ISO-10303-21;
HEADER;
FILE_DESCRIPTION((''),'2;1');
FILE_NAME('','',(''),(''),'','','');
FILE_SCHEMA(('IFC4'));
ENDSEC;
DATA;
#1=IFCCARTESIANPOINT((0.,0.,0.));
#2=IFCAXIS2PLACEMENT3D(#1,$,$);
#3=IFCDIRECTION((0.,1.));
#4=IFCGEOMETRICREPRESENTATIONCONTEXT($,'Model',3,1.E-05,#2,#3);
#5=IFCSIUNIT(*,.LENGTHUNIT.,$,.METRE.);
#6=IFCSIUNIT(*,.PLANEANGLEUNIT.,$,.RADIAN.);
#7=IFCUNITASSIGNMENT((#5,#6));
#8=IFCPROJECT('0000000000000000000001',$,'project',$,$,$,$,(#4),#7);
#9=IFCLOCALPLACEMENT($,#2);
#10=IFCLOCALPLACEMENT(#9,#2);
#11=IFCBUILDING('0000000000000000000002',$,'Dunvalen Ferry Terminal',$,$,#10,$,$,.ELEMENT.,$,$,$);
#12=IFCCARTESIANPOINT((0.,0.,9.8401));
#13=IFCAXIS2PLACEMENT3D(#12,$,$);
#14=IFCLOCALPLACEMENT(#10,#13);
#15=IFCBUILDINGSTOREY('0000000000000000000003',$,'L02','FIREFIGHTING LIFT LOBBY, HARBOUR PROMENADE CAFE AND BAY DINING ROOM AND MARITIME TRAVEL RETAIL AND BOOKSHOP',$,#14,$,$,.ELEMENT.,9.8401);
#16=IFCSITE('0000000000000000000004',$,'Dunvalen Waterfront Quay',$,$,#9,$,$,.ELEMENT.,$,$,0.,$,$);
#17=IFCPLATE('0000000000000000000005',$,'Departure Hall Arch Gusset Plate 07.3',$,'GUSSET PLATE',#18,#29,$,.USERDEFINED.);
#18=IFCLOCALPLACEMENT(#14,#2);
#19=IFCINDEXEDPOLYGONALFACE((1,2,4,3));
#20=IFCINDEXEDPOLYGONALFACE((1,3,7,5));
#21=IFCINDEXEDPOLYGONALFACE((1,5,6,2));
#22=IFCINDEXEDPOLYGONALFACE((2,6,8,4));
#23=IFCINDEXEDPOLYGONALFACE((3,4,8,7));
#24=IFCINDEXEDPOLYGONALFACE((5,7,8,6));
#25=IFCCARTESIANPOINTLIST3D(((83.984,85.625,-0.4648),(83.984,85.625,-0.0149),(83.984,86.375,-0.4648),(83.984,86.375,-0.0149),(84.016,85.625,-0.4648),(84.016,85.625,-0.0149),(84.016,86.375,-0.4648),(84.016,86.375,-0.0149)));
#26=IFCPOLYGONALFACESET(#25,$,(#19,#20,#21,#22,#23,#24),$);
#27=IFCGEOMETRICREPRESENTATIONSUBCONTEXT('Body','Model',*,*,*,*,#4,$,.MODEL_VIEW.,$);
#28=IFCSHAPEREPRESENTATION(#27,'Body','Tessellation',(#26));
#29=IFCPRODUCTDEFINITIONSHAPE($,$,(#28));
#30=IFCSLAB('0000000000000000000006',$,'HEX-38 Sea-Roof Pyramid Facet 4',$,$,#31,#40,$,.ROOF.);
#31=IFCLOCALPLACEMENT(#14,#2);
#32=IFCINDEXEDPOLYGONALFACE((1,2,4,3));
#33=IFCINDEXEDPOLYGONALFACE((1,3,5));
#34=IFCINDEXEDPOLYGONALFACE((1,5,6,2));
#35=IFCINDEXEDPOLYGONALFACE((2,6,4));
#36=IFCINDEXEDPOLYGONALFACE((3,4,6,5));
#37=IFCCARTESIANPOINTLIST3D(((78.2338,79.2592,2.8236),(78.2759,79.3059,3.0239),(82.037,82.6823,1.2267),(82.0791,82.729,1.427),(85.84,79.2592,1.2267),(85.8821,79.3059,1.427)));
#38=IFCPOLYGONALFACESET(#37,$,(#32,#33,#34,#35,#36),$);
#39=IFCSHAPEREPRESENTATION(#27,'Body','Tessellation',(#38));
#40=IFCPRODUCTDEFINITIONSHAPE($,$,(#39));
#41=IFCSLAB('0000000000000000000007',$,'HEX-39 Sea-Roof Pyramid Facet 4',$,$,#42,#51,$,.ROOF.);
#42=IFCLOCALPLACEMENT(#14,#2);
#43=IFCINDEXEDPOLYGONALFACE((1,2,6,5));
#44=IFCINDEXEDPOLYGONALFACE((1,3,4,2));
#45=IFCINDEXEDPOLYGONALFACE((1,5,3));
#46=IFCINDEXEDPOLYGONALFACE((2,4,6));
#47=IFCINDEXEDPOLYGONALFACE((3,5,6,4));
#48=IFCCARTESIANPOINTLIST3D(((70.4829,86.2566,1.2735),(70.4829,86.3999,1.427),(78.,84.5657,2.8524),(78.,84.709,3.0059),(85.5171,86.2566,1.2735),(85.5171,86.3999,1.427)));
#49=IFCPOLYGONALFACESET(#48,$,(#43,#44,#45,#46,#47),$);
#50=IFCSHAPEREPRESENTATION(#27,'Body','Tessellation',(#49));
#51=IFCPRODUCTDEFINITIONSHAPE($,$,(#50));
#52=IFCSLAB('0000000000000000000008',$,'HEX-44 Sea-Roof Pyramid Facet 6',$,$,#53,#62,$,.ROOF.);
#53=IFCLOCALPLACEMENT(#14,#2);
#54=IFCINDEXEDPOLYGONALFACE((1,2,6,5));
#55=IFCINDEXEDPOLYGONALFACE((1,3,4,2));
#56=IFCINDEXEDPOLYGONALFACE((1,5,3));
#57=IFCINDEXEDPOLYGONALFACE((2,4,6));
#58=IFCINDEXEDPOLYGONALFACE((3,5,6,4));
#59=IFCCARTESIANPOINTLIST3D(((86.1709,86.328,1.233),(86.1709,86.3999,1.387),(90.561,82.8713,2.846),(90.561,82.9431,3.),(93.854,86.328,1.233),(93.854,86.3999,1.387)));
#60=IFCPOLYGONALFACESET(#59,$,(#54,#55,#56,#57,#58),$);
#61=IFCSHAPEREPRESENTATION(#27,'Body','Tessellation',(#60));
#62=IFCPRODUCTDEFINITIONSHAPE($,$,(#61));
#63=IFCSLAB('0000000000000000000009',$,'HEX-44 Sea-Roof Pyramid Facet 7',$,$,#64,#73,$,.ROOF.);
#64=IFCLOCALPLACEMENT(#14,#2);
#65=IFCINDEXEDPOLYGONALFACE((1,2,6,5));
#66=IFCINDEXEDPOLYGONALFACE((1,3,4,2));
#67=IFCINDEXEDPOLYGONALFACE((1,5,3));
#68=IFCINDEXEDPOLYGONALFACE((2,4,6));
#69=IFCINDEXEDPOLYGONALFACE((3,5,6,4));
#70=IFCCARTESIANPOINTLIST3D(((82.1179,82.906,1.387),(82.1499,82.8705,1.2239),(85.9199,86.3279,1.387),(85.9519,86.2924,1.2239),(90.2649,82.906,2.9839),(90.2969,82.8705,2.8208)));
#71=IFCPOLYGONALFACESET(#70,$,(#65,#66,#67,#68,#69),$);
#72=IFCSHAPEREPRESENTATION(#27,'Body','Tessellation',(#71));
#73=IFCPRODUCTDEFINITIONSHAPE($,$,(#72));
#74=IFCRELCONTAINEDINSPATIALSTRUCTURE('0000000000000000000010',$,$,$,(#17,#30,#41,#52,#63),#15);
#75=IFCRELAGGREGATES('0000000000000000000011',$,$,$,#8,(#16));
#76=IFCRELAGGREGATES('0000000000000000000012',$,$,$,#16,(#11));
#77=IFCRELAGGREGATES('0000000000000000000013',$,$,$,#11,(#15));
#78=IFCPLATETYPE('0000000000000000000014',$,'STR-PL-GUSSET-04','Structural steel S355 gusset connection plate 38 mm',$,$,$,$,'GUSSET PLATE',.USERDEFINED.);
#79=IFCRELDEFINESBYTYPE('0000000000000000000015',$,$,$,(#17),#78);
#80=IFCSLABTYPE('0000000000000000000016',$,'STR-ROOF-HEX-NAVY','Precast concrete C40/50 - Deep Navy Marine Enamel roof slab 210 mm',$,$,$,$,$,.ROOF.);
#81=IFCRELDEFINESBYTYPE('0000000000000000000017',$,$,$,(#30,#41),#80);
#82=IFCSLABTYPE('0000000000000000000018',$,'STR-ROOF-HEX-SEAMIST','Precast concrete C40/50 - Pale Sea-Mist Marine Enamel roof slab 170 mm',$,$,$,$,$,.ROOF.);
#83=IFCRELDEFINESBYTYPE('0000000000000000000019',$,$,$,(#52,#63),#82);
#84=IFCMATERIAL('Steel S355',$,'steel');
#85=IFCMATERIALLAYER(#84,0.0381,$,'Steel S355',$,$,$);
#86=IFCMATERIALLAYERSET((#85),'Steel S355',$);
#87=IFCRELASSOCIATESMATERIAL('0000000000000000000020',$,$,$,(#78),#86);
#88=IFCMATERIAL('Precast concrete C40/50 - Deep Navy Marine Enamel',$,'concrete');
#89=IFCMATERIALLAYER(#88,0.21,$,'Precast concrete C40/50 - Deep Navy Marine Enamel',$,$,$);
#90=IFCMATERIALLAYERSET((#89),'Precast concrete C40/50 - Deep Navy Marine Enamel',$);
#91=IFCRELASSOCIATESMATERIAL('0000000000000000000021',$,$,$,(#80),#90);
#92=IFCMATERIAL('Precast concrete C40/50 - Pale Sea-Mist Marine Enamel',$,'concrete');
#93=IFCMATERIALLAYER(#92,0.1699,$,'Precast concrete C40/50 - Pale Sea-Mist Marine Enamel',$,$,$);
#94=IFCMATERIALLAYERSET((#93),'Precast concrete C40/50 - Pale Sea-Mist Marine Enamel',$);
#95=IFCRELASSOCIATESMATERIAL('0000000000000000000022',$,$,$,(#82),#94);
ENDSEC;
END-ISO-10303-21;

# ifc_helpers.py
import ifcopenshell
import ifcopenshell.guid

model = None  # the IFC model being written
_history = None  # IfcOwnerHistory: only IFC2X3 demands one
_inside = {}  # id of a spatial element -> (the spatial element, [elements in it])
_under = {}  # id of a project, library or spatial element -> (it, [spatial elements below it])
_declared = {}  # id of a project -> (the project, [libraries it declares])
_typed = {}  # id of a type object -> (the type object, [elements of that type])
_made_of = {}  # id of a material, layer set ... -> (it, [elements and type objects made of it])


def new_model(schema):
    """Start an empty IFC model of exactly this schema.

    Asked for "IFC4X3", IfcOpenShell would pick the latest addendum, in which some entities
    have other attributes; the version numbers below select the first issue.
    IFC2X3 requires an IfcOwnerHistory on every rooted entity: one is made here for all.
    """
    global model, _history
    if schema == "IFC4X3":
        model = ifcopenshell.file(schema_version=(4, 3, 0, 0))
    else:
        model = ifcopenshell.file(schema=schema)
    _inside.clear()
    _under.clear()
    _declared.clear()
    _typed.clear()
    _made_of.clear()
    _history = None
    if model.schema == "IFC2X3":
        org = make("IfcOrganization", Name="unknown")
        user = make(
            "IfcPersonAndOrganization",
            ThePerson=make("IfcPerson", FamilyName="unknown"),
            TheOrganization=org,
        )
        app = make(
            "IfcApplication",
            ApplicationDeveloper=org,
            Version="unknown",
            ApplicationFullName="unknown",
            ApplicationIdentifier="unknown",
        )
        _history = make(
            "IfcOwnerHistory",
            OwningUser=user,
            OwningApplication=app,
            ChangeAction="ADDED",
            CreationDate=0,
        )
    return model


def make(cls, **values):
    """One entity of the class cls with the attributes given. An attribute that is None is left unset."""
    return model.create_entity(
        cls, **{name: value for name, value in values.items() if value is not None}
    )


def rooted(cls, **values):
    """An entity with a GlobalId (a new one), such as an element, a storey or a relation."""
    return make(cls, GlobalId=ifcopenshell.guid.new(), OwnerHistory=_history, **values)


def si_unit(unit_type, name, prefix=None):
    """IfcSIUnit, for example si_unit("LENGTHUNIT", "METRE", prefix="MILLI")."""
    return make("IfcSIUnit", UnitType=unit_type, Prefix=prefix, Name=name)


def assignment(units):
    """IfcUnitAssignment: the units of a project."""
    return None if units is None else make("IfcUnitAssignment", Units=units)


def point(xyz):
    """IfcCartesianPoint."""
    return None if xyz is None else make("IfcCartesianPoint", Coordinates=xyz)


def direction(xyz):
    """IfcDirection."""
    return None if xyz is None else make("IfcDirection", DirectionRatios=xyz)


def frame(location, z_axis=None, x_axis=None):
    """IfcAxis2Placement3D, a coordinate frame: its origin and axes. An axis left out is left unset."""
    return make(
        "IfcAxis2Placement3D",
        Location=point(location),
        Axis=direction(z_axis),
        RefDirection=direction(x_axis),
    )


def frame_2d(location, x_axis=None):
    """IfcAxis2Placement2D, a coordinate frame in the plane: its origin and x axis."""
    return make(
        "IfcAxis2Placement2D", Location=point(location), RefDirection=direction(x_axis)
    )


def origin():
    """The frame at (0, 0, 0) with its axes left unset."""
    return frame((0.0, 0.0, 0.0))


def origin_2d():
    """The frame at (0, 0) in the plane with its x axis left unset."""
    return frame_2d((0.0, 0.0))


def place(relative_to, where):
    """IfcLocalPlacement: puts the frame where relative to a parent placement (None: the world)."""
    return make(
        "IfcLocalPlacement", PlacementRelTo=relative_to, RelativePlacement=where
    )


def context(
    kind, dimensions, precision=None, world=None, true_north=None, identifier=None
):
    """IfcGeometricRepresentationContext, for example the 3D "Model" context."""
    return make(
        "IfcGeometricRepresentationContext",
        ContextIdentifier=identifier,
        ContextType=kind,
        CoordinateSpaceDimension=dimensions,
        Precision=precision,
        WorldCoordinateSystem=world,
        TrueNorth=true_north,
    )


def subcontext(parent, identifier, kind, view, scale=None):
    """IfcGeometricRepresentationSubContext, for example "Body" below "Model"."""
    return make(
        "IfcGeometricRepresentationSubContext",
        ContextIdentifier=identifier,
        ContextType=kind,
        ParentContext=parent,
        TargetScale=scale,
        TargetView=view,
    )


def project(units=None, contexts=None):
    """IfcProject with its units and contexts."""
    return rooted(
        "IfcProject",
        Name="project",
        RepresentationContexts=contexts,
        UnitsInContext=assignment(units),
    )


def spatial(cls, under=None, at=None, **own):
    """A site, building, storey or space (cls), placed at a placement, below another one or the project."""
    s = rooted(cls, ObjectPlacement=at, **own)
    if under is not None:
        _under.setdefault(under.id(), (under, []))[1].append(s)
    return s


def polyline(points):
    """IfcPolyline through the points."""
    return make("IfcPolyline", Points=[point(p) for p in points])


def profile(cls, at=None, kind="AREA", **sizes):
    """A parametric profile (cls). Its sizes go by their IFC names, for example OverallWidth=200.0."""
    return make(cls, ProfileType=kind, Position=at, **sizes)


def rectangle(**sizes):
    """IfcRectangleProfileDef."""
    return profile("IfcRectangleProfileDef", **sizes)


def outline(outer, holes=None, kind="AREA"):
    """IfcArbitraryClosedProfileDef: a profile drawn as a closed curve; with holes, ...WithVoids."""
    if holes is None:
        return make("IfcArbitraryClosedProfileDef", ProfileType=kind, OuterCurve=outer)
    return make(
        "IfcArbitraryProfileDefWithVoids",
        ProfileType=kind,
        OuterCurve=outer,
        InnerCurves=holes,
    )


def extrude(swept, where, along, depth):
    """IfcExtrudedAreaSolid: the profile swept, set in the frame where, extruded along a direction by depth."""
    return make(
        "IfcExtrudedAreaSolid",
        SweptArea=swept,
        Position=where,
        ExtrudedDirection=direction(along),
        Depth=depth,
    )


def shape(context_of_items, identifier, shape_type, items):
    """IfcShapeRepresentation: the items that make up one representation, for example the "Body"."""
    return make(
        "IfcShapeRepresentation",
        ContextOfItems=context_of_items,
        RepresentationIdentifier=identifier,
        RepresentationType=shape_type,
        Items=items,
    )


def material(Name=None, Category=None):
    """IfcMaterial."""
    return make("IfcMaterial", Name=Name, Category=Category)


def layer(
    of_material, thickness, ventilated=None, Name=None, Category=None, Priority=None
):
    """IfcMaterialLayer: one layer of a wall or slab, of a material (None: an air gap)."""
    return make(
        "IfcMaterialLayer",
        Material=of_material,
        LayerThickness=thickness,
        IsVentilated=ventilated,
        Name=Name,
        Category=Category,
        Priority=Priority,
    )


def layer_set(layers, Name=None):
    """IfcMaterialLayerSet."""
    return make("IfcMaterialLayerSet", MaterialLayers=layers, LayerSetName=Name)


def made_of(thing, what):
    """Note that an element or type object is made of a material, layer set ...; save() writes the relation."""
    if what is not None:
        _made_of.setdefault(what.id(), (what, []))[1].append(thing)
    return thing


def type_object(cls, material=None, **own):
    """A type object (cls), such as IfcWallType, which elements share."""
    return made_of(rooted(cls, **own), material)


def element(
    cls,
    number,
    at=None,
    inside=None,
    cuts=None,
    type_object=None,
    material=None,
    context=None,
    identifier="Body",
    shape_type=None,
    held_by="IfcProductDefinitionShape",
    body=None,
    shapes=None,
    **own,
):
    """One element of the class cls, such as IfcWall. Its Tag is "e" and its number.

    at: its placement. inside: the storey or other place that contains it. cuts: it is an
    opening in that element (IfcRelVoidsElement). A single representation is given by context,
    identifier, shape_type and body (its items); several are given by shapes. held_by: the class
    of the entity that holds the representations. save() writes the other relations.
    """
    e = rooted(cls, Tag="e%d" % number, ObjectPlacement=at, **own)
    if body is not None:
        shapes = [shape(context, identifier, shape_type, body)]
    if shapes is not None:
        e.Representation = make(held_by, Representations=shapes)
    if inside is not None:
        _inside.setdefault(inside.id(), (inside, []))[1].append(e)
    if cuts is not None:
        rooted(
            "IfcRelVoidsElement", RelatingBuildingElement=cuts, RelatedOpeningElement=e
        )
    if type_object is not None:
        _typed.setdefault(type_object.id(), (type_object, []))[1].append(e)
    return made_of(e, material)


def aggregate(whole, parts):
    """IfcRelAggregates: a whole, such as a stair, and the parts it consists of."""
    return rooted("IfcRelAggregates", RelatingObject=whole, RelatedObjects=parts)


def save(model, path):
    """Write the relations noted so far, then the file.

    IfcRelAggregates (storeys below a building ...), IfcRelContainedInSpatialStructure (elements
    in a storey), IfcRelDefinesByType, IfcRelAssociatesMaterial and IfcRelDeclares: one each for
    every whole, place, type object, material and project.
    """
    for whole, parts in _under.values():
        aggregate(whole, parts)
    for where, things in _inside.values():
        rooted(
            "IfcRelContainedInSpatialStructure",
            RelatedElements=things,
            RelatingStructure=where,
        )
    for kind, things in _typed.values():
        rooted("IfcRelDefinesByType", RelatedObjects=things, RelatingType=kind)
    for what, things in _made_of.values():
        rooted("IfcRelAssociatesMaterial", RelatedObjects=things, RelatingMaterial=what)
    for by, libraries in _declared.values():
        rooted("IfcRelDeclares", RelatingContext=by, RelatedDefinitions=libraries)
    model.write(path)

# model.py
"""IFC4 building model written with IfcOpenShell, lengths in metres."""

from ifc_helpers import new_model, si_unit, direction, frame, origin, origin_2d, place, context, subcontext, project, spatial, polyline, rectangle, outline, extrude, material, layer, layer_set, type_object, element, save


model = new_model("IFC4")

# Units and contexts
model_context = context("Model", 3, precision=1e-05, world=origin(), true_north=direction((0.0, 1.0)))
body_context = subcontext(model_context, "Body", "Model", "MODEL_VIEW")
ifc_project = project(units=[si_unit("LENGTHUNIT", "METRE"), si_unit("PLANEANGLEUNIT", "RADIAN")], contexts=[model_context])

# Site, building, storey
site_placement = place(None, origin())
site = spatial("IfcSite", under=ifc_project, at=site_placement, Name="Dunvalen Waterfront Quay", CompositionType="ELEMENT", RefElevation=0.0)
building_placement = place(site_placement, origin())
building = spatial("IfcBuilding", under=site, at=building_placement, Name="Dunvalen Ferry Terminal", CompositionType="ELEMENT")
storey_placement = place(building_placement, frame((0.0, 0.0, 9.8401)))
storey = spatial("IfcBuildingStorey", under=building, at=storey_placement, Name="L02", Description="FIREFIGHTING LIFT LOBBY, HARBOUR PROMENADE CAFE AND BAY DINING ROOM AND MARITIME TRAVEL RETAIL AND BOOKSHOP", CompositionType="ELEMENT", Elevation=9.8401)

# Shared definitions
ifc_material_1 = material(Name="Steel S355", Category="steel")

# Plate
ifc_layer_1 = layer(ifc_material_1, 0.0381, Name="Steel S355")
ifc_layer_set_1 = layer_set([ifc_layer_1], Name="Steel S355")
plate_type_1 = type_object("IfcPlateType", Name="STR-PL-GUSSET-04", Description="Structural steel S355 gusset connection plate 38 mm", ElementType="GUSSET PLATE", PredefinedType="USERDEFINED", material=ifc_layer_set_1)
plate_1_placement = place(storey_placement, frame((84.0, 86.0, -0.4648), z_axis=(0.0, 0.0, 1.0), x_axis=(1.0, 0.0, 0.0)))
element("IfcPlate", 1, at=plate_1_placement, inside=storey, type_object=plate_type_1, Name="Departure Hall Arch Gusset Plate 07.3", ObjectType="GUSSET PLATE", PredefinedType="USERDEFINED", context=body_context, shape_type="SweptSolid", body=[
    extrude(rectangle(XDim=0.032, YDim=0.75, at=origin_2d()), origin(), (0.0, 0.0, 1.0), 0.45),
])

# Slabs
ifc_material_2 = material(Name="Precast concrete C40/50 - Deep Navy Marine Enamel", Category="concrete")
ifc_layer_2 = layer(ifc_material_2, 0.21, Name="Precast concrete C40/50 - Deep Navy Marine Enamel")
ifc_layer_set_2 = layer_set([ifc_layer_2], Name="Precast concrete C40/50 - Deep Navy Marine Enamel")
slab_type_1 = type_object("IfcSlabType", Name="STR-ROOF-HEX-NAVY", Description="Precast concrete C40/50 - Deep Navy Marine Enamel roof slab 210 mm", PredefinedType="ROOF", material=ifc_layer_set_2)
slab_1_placement = place(storey_placement, frame((85.8821, 79.3059, 1.427), z_axis=(0.200318, 0.222548, 0.95412), x_axis=(-0.743254, 0.66901, 0.0)))
element("IfcSlab", 2, at=slab_1_placement, inside=storey, type_object=slab_type_1, Name="HEX-38 Sea-Roof Pyramid Facet 4", PredefinedType="ROOF", context=body_context, shape_type="SweptSolid", body=[
    extrude(outline(polyline([(0.0, 0.0), (5.1167, 0.0), (5.6533, 5.3333), (0.0, 0.0)])), origin(), (0.0, 0.0, -1.0), 0.21),
])
slab_2_placement = place(storey_placement, frame((85.5171, 86.3999, 1.427), z_axis=(0.0, 0.682472, 0.730911), x_axis=(-1.0, 0.0, 0.0)))
element("IfcSlab", 3, at=slab_2_placement, inside=storey, type_object=slab_type_1, Name="HEX-39 Sea-Roof Pyramid Facet 4", PredefinedType="ROOF", context=body_context, shape_type="SweptSolid", body=[
    extrude(outline(polyline([(0.0, 0.0), (15.0342, 0.0), (7.5171, 2.3134), (0.0, 0.0)])), origin(), (0.0, 0.0, -1.0), 0.21),
])
ifc_material_3 = material(Name="Precast concrete C40/50 - Pale Sea-Mist Marine Enamel", Category="concrete")
ifc_layer_3 = layer(ifc_material_3, 0.1699, Name="Precast concrete C40/50 - Pale Sea-Mist Marine Enamel")
ifc_layer_set_3 = layer_set([ifc_layer_3], Name="Precast concrete C40/50 - Pale Sea-Mist Marine Enamel")
slab_type_2 = type_object("IfcSlabType", Name="STR-ROOF-HEX-SEAMIST", Description="Precast concrete C40/50 - Pale Sea-Mist Marine Enamel roof slab 170 mm", PredefinedType="ROOF", material=ifc_layer_set_3)
slab_3_placement = place(storey_placement, frame((93.854, 86.3999, 1.387), z_axis=(0.0, 0.422857, 0.906196), x_axis=(-1.0, 0.0, 0.0)))
element("IfcSlab", 4, at=slab_3_placement, inside=storey, type_object=slab_type_2, Name="HEX-44 Sea-Roof Pyramid Facet 6", PredefinedType="ROOF", context=body_context, shape_type="SweptSolid", body=[
    extrude(outline(polyline([(0.0, 0.0), (7.6831, 0.0), (3.293, 3.8146), (0.0, 0.0)])), origin(), (0.0, 0.0, -1.0), 0.1699),
])
slab_4_placement = place(storey_placement, frame((85.9199, 86.3279, 1.387), z_axis=(-0.188106, 0.209002, 0.959653), x_axis=(-0.743287, -0.668973, 0.0)))
element("IfcSlab", 5, at=slab_4_placement, inside=storey, type_object=slab_type_2, Name="HEX-44 Sea-Roof Pyramid Facet 7", PredefinedType="ROOF", context=body_context, shape_type="SweptSolid", body=[
    extrude(outline(polyline([(0.0, 0.0), (5.1151, 0.0), (-0.9404, 5.6792), (0.0, 0.0)])), origin(), (0.0, 0.0, -1.0), 0.1699),
])

save(model, "model.ifc")
